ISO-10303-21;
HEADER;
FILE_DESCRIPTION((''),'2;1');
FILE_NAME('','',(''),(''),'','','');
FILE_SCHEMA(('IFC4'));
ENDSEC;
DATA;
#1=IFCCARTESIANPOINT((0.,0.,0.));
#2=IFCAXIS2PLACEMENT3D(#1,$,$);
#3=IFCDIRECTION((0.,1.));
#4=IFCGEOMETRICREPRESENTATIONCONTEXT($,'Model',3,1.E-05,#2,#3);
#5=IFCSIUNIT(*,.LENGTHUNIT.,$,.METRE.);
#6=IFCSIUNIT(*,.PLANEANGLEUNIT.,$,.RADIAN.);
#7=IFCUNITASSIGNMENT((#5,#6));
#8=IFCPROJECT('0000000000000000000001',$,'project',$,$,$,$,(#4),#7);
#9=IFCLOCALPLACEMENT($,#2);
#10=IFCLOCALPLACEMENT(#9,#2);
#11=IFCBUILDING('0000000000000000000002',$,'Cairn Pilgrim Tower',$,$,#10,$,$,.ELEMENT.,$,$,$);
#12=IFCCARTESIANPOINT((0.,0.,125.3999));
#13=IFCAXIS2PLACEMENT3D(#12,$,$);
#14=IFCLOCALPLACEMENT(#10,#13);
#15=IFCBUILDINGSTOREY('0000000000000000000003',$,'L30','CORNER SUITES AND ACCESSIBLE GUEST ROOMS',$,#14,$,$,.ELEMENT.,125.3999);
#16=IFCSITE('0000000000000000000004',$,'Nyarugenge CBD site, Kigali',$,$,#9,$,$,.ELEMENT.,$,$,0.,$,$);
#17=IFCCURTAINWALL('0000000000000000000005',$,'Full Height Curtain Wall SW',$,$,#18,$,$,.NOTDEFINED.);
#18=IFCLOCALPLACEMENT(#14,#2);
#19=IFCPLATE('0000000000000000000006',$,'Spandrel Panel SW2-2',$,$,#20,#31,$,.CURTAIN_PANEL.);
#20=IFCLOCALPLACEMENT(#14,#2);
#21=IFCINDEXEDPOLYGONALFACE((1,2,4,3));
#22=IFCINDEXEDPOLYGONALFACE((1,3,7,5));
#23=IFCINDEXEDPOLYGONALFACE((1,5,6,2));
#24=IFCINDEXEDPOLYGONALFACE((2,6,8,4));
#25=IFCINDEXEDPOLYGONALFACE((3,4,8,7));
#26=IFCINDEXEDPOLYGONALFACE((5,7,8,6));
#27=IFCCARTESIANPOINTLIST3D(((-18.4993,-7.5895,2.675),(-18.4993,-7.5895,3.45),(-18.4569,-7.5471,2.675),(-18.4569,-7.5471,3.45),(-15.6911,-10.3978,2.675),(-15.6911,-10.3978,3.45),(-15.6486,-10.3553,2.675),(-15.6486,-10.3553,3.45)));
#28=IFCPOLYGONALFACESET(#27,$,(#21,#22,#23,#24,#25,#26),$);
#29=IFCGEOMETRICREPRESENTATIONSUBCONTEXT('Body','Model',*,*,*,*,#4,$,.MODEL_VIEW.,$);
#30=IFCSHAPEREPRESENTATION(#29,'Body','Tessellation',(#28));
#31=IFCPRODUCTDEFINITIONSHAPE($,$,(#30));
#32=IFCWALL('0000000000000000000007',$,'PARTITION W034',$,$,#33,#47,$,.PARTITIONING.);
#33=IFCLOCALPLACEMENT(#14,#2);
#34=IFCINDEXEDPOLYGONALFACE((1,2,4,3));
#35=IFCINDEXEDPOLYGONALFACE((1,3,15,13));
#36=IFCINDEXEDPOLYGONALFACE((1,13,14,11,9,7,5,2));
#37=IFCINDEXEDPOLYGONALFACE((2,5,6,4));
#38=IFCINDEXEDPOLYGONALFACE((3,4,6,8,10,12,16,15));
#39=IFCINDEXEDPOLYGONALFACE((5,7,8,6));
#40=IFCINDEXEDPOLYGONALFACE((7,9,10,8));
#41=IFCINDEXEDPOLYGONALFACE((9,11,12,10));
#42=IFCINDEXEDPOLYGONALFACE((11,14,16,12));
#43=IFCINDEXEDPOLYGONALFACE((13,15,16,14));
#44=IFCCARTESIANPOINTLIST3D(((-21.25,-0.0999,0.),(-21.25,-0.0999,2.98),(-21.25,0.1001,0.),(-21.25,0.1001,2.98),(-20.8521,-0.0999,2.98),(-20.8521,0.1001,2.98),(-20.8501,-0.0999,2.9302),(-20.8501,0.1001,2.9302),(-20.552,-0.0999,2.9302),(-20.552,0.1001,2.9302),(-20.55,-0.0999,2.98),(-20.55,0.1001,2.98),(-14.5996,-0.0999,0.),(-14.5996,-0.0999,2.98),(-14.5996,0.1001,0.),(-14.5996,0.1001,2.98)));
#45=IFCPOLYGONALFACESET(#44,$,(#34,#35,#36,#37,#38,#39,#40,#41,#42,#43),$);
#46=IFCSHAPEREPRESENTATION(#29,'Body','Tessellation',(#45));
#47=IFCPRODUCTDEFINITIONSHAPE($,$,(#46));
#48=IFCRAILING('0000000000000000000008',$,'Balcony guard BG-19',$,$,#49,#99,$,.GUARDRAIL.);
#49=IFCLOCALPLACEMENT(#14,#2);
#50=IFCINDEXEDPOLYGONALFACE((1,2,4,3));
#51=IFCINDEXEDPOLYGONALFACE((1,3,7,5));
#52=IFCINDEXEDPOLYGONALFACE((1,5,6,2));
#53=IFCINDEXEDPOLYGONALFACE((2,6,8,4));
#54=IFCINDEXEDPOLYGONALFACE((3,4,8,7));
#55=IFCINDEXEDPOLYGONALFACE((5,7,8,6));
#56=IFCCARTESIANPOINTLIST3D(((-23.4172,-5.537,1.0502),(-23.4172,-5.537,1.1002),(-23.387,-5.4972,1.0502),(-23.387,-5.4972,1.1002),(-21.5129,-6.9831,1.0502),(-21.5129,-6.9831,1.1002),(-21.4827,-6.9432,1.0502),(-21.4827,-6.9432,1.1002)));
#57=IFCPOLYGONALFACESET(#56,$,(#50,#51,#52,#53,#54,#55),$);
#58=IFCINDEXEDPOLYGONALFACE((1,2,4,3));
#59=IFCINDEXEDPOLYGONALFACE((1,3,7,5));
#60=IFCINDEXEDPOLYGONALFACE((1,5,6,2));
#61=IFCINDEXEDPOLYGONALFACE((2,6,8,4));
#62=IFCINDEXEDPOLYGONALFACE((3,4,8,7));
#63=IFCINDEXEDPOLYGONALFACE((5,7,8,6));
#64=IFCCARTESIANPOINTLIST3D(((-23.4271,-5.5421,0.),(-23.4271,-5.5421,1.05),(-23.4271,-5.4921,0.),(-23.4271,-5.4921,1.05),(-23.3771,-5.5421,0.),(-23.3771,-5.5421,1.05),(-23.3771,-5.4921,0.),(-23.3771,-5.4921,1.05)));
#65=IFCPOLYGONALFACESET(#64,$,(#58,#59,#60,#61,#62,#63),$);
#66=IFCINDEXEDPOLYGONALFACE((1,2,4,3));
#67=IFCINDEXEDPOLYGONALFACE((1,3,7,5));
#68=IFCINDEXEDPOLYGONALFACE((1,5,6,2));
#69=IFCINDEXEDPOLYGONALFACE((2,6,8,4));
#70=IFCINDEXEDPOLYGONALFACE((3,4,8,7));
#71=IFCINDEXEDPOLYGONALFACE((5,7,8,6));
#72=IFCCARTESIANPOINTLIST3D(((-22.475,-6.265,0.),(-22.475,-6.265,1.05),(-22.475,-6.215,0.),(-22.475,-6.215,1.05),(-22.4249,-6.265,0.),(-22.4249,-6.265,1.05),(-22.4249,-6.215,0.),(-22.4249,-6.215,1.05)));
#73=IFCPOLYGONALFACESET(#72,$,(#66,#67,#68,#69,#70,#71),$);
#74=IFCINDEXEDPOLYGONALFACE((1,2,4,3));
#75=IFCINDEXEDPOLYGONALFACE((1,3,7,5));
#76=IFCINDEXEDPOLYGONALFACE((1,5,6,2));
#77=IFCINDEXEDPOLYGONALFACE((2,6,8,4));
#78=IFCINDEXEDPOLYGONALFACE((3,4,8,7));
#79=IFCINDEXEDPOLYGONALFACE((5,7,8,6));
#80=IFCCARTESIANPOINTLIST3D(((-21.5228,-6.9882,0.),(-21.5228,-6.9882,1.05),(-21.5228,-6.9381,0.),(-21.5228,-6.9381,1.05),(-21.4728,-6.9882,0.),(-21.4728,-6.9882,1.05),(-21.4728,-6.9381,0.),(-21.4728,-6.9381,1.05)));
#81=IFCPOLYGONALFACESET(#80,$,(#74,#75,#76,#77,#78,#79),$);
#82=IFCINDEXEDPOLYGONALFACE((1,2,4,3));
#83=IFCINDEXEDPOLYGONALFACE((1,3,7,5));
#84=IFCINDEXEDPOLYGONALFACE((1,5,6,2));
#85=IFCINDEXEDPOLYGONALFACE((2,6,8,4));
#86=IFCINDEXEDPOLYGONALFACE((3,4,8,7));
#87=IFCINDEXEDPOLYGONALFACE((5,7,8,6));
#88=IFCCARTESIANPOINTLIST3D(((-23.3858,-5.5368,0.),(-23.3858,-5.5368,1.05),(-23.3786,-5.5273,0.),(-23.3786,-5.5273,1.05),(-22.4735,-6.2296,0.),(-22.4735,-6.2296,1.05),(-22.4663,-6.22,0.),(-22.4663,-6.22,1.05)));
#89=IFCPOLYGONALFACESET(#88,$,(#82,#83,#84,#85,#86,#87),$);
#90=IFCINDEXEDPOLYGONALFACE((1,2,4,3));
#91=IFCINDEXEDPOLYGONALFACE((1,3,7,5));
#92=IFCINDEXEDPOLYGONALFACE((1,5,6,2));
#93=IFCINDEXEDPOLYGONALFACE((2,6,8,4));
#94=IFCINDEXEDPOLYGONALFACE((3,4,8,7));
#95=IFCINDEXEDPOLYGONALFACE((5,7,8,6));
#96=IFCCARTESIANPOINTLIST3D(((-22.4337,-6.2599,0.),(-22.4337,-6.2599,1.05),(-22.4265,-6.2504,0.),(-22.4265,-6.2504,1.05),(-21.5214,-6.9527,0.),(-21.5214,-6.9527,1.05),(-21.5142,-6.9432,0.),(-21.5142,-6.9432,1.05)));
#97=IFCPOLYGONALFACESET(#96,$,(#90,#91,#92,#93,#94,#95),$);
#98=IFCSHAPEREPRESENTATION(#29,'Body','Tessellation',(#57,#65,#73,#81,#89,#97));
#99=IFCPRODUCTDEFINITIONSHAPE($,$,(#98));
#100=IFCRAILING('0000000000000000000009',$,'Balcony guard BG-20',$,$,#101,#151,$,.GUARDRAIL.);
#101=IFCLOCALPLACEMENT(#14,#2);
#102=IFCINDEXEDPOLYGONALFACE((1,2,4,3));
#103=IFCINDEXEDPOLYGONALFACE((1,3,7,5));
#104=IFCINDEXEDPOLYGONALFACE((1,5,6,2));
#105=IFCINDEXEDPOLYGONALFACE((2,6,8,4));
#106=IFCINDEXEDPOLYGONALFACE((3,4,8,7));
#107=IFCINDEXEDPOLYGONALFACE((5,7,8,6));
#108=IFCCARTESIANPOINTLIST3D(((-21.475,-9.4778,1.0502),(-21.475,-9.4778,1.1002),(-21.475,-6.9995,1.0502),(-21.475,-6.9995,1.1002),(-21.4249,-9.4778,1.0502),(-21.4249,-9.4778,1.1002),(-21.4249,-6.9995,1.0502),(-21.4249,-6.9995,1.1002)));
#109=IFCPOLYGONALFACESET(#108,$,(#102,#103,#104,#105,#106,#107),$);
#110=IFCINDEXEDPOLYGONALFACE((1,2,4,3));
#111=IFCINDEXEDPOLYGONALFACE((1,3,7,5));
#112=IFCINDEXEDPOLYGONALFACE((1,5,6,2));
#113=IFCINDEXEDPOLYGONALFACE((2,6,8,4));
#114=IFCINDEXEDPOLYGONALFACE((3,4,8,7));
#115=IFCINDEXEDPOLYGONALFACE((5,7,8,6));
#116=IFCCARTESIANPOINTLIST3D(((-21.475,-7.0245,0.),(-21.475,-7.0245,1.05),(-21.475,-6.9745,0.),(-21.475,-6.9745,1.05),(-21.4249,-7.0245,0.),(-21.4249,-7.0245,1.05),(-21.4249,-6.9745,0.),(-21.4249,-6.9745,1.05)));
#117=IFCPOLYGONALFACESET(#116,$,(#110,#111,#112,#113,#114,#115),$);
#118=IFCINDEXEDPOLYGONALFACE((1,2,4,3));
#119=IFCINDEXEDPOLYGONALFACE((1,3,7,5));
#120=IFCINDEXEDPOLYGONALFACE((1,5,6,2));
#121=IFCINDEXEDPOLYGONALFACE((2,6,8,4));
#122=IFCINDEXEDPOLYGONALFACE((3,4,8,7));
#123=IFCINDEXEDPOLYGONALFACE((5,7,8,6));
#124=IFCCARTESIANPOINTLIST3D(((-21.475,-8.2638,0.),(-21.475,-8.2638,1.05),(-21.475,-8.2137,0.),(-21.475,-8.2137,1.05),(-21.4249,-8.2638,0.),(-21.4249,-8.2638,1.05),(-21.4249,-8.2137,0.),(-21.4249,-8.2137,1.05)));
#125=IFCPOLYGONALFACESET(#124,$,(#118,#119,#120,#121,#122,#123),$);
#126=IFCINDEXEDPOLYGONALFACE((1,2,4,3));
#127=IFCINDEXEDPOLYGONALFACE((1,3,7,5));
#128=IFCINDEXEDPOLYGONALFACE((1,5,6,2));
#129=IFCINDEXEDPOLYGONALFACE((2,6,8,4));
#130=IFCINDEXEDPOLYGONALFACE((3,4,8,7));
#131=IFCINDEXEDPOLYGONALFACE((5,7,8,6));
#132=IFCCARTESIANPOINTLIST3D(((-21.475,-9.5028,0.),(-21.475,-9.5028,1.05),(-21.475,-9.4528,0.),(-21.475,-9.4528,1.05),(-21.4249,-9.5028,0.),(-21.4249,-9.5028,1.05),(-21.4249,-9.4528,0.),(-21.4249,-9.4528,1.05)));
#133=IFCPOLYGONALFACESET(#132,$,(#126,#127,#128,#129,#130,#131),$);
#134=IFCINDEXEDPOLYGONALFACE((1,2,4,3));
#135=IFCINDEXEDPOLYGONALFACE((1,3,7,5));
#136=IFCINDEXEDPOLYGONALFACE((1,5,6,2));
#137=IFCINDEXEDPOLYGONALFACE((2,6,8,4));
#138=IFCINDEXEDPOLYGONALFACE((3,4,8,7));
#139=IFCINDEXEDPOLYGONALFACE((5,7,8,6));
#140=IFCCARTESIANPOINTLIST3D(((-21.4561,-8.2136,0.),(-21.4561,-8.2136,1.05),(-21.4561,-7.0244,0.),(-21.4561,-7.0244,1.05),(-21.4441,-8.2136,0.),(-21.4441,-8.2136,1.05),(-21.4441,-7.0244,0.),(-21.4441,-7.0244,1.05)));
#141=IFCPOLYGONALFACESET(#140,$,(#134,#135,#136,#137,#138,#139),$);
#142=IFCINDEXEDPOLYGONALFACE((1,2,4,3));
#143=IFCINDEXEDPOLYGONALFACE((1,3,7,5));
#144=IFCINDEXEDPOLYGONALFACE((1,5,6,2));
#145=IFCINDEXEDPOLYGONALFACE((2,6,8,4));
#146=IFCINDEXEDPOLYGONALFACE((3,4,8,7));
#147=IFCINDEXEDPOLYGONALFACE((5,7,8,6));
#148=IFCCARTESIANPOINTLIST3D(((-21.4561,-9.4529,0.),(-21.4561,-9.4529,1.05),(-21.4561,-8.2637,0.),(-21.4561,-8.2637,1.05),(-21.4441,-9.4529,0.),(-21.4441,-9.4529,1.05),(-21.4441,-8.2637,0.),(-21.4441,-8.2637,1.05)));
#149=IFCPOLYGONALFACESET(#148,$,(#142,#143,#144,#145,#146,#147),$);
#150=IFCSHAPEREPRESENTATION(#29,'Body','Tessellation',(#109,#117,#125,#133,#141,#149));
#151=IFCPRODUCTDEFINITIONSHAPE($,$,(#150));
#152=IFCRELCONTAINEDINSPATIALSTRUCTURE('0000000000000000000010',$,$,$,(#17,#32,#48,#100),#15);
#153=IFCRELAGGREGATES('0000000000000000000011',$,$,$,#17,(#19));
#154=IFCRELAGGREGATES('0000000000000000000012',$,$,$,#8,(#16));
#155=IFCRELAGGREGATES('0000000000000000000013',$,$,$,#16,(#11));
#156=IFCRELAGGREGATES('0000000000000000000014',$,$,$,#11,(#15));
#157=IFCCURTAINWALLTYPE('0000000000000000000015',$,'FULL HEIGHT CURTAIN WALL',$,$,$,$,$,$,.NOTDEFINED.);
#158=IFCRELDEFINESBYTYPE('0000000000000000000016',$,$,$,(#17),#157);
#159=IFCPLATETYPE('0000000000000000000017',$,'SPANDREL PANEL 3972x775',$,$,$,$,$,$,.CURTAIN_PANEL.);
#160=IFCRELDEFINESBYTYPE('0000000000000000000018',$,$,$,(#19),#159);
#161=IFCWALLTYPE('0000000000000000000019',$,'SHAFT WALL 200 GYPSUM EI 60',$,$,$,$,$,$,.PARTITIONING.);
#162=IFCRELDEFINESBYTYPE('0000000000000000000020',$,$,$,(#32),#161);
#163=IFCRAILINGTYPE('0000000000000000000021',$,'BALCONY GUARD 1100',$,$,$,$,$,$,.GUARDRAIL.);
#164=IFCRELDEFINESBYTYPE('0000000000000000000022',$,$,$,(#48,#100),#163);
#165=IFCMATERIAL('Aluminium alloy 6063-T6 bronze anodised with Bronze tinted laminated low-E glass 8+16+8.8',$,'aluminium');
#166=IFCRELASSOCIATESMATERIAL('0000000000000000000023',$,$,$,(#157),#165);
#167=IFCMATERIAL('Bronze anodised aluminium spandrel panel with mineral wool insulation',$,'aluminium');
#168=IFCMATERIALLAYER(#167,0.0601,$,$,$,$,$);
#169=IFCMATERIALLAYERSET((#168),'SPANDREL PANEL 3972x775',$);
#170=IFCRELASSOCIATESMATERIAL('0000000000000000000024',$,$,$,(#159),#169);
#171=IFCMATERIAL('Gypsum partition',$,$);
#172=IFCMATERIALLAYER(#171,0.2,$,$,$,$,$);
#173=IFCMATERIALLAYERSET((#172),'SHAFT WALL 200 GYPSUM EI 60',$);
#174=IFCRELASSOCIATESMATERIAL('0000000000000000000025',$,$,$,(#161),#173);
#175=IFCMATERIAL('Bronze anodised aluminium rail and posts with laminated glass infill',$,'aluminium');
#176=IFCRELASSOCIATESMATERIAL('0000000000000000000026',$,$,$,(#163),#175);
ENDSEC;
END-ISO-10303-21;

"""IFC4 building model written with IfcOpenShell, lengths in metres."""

from ifc_helpers import new_model, si_unit, direction, frame, origin, origin_2d, place, context, subcontext, project, spatial, polyline, rectangle, outline, extrude, material, layer, layer_set, type_object, element, aggregate, save


model = new_model("IFC4")

# Units and contexts
model_context = context("Model", 3, precision=1e-05, world=origin(), true_north=direction((0.0, 1.0)))
body_context = subcontext(model_context, "Body", "Model", "MODEL_VIEW")
ifc_project = project(units=[si_unit("LENGTHUNIT", "METRE"), si_unit("PLANEANGLEUNIT", "RADIAN")], contexts=[model_context])

# Site, building, storey
site_placement = place(None, origin())
site = spatial("IfcSite", under=ifc_project, at=site_placement, Name="Nyarugenge CBD site, Kigali", CompositionType="ELEMENT", RefElevation=0.0)
building_placement = place(site_placement, origin())
building = spatial("IfcBuilding", under=site, at=building_placement, Name="Cairn Pilgrim Tower", CompositionType="ELEMENT")
storey_placement = place(building_placement, frame((0.0, 0.0, 125.3999)))
storey = spatial("IfcBuildingStorey", under=building, at=storey_placement, Name="L30", Description="CORNER SUITES AND ACCESSIBLE GUEST ROOMS", CompositionType="ELEMENT", Elevation=125.3999)

# Shared definitions
ifc_material_1 = material(Name="Aluminium alloy 6063-T6 bronze anodised with Bronze tinted laminated low-E glass 8+16+8.8", Category="aluminium")
curtain_wall_type = type_object("IfcCurtainWallType", Name="FULL HEIGHT CURTAIN WALL", PredefinedType="NOTDEFINED", material=ifc_material_1)

# Curtain wall
curtain_wall_1_placement = place(storey_placement, origin())
curtain_wall_1 = element("IfcCurtainWall", 1, at=curtain_wall_1_placement, inside=storey, type_object=curtain_wall_type, Name="Full Height Curtain Wall SW", PredefinedType="NOTDEFINED")

# Plate
ifc_material_2 = material(Name="Bronze anodised aluminium spandrel panel with mineral wool insulation", Category="aluminium")
ifc_layer_1 = layer(ifc_material_2, 0.0601)
ifc_layer_set_1 = layer_set([ifc_layer_1], Name="SPANDREL PANEL 3972x775")
plate_type_1 = type_object("IfcPlateType", Name="SPANDREL PANEL 3972x775", PredefinedType="CURTAIN_PANEL", material=ifc_layer_set_1)
plate_1_placement = place(storey_placement, frame((-17.074, -8.9724, 2.675), z_axis=(0.0, 0.0, 1.0), x_axis=(0.707107, -0.707107, 0.0)))
plate_1 = element("IfcPlate", 2, at=plate_1_placement, type_object=plate_type_1, Name="Spandrel Panel SW2-2", PredefinedType="CURTAIN_PANEL", context=body_context, shape_type="SweptSolid", body=[
    extrude(rectangle(XDim=3.9714, YDim=0.0601, at=origin_2d()), origin(), (0.0, 0.0, 1.0), 0.7749),
])
aggregate(curtain_wall_1, [plate_1])

# Wall
ifc_material_3 = material(Name="Gypsum partition")
ifc_layer_2 = layer(ifc_material_3, 0.2)
ifc_layer_set_2 = layer_set([ifc_layer_2], Name="SHAFT WALL 200 GYPSUM EI 60")
wall_type_1 = type_object("IfcWallType", Name="SHAFT WALL 200 GYPSUM EI 60", PredefinedType="PARTITIONING", material=ifc_layer_set_2)
wall_1_placement = place(storey_placement, frame((-21.25, 0.0, 0.0), z_axis=(0.0, 0.0, 1.0), x_axis=(1.0, 0.0, 0.0)))
element("IfcWall", 3, at=wall_1_placement, inside=storey, type_object=wall_type_1, Name="PARTITION W034", PredefinedType="PARTITIONING", context=body_context, shape_type="SweptSolid", body=[
    extrude(outline(polyline([(0.0, 0.0), (6.6504, 0.0), (6.6504, 2.98), (0.7, 2.98), (0.698, 2.9302), (0.3999, 2.9302), (0.3979, 2.98), (0.0, 2.98), (0.0, 0.0)])), frame((0.0, 0.1001, 0.0), z_axis=(0.0, -1.0, 0.0), x_axis=(1.0, 0.0, 0.0)), (0.0, 0.0, 1.0), 0.2),
])

# Railings
ifc_material_4 = material(Name="Bronze anodised aluminium rail and posts with laminated glass infill", Category="aluminium")
railing_type = type_object("IfcRailingType", Name="BALCONY GUARD 1100", PredefinedType="GUARDRAIL", material=ifc_material_4)
railing_1_placement = place(storey_placement, frame((-23.4021, -5.5171, 0.0)))
element("IfcRailing", 4, at=railing_1_placement, inside=storey, type_object=railing_type, Name="Balcony guard BG-19", PredefinedType="GUARDRAIL", context=body_context, shape_type="SweptSolid", body=[
    extrude(rectangle(XDim=0.05, YDim=0.05, at=origin_2d()), frame((0.0, 0.0, 1.0752), z_axis=(0.796408, -0.60476, 0.0), x_axis=(0.60476, 0.796408, 0.0)), (0.0, 0.0, 1.0), 2.3911),
    extrude(rectangle(XDim=0.05, YDim=0.05, at=origin_2d()), origin(), (0.0, 0.0, 1.0), 1.05),
    extrude(rectangle(XDim=0.05, YDim=0.05, at=origin_2d()), frame((0.9521, -0.7229, 0.0)), (0.0, 0.0, 1.0), 1.05),
    extrude(rectangle(XDim=0.05, YDim=0.05, at=origin_2d()), frame((1.9043, -1.446, 0.0)), (0.0, 0.0, 1.0), 1.05),
    extrude(outline(polyline([(0.0249, 0.0), (1.1704, 0.0), (1.1704, 1.05), (0.0249, 1.05), (0.0249, 0.0)])), frame((0.0037, 0.0049, 0.0), z_axis=(-0.60476, -0.796408, 0.0), x_axis=(0.796408, -0.60476, 0.0)), (0.0, 0.0, 1.0), 0.012),
    extrude(outline(polyline([(0.0249, 0.0), (1.1704, 0.0), (1.1704, 1.05), (0.0249, 1.05), (0.0249, 0.0)])), frame((0.9558, -0.7183, 0.0), z_axis=(-0.60476, -0.796408, 0.0), x_axis=(0.796408, -0.60476, 0.0)), (0.0, 0.0, 1.0), 0.012),
])
railing_2_placement = place(storey_placement, frame((-21.45, -6.9995, 0.0)))
element("IfcRailing", 5, at=railing_2_placement, inside=storey, type_object=railing_type, Name="Balcony guard BG-20", PredefinedType="GUARDRAIL", context=body_context, shape_type="SweptSolid", body=[
    extrude(rectangle(XDim=0.05, YDim=0.05, at=origin_2d()), frame((0.0, 0.0, 1.0752), z_axis=(0.0, -1.0, 0.0), x_axis=(1.0, 0.0, 0.0)), (0.0, 0.0, 1.0), 2.4783),
    extrude(rectangle(XDim=0.05, YDim=0.05, at=origin_2d()), origin(), (0.0, 0.0, 1.0), 1.05),
    extrude(rectangle(XDim=0.05, YDim=0.05, at=origin_2d()), frame((0.0, -1.2393, 0.0)), (0.0, 0.0, 1.0), 1.05),
    extrude(rectangle(XDim=0.05, YDim=0.05, at=origin_2d()), frame((0.0, -2.4783, 0.0)), (0.0, 0.0, 1.0), 1.05),
    extrude(outline(polyline([(0.0249, 0.0), (1.2141, 0.0), (1.2141, 1.05), (0.0249, 1.05), (0.0249, 0.0)])), frame((0.0059, 0.0, 0.0), z_axis=(-1.0, 0.0, 0.0), x_axis=(0.0, -1.0, 0.0)), (0.0, 0.0, 1.0), 0.012),
    extrude(outline(polyline([(0.0249, 0.0), (1.2141, 0.0), (1.2141, 1.05), (0.0249, 1.05), (0.0249, 0.0)])), frame((0.0059, -1.2393, 0.0), z_axis=(-1.0, 0.0, 0.0), x_axis=(0.0, -1.0, 0.0)), (0.0, 0.0, 1.0), 0.012),
])

save(model, "model.ifc")
